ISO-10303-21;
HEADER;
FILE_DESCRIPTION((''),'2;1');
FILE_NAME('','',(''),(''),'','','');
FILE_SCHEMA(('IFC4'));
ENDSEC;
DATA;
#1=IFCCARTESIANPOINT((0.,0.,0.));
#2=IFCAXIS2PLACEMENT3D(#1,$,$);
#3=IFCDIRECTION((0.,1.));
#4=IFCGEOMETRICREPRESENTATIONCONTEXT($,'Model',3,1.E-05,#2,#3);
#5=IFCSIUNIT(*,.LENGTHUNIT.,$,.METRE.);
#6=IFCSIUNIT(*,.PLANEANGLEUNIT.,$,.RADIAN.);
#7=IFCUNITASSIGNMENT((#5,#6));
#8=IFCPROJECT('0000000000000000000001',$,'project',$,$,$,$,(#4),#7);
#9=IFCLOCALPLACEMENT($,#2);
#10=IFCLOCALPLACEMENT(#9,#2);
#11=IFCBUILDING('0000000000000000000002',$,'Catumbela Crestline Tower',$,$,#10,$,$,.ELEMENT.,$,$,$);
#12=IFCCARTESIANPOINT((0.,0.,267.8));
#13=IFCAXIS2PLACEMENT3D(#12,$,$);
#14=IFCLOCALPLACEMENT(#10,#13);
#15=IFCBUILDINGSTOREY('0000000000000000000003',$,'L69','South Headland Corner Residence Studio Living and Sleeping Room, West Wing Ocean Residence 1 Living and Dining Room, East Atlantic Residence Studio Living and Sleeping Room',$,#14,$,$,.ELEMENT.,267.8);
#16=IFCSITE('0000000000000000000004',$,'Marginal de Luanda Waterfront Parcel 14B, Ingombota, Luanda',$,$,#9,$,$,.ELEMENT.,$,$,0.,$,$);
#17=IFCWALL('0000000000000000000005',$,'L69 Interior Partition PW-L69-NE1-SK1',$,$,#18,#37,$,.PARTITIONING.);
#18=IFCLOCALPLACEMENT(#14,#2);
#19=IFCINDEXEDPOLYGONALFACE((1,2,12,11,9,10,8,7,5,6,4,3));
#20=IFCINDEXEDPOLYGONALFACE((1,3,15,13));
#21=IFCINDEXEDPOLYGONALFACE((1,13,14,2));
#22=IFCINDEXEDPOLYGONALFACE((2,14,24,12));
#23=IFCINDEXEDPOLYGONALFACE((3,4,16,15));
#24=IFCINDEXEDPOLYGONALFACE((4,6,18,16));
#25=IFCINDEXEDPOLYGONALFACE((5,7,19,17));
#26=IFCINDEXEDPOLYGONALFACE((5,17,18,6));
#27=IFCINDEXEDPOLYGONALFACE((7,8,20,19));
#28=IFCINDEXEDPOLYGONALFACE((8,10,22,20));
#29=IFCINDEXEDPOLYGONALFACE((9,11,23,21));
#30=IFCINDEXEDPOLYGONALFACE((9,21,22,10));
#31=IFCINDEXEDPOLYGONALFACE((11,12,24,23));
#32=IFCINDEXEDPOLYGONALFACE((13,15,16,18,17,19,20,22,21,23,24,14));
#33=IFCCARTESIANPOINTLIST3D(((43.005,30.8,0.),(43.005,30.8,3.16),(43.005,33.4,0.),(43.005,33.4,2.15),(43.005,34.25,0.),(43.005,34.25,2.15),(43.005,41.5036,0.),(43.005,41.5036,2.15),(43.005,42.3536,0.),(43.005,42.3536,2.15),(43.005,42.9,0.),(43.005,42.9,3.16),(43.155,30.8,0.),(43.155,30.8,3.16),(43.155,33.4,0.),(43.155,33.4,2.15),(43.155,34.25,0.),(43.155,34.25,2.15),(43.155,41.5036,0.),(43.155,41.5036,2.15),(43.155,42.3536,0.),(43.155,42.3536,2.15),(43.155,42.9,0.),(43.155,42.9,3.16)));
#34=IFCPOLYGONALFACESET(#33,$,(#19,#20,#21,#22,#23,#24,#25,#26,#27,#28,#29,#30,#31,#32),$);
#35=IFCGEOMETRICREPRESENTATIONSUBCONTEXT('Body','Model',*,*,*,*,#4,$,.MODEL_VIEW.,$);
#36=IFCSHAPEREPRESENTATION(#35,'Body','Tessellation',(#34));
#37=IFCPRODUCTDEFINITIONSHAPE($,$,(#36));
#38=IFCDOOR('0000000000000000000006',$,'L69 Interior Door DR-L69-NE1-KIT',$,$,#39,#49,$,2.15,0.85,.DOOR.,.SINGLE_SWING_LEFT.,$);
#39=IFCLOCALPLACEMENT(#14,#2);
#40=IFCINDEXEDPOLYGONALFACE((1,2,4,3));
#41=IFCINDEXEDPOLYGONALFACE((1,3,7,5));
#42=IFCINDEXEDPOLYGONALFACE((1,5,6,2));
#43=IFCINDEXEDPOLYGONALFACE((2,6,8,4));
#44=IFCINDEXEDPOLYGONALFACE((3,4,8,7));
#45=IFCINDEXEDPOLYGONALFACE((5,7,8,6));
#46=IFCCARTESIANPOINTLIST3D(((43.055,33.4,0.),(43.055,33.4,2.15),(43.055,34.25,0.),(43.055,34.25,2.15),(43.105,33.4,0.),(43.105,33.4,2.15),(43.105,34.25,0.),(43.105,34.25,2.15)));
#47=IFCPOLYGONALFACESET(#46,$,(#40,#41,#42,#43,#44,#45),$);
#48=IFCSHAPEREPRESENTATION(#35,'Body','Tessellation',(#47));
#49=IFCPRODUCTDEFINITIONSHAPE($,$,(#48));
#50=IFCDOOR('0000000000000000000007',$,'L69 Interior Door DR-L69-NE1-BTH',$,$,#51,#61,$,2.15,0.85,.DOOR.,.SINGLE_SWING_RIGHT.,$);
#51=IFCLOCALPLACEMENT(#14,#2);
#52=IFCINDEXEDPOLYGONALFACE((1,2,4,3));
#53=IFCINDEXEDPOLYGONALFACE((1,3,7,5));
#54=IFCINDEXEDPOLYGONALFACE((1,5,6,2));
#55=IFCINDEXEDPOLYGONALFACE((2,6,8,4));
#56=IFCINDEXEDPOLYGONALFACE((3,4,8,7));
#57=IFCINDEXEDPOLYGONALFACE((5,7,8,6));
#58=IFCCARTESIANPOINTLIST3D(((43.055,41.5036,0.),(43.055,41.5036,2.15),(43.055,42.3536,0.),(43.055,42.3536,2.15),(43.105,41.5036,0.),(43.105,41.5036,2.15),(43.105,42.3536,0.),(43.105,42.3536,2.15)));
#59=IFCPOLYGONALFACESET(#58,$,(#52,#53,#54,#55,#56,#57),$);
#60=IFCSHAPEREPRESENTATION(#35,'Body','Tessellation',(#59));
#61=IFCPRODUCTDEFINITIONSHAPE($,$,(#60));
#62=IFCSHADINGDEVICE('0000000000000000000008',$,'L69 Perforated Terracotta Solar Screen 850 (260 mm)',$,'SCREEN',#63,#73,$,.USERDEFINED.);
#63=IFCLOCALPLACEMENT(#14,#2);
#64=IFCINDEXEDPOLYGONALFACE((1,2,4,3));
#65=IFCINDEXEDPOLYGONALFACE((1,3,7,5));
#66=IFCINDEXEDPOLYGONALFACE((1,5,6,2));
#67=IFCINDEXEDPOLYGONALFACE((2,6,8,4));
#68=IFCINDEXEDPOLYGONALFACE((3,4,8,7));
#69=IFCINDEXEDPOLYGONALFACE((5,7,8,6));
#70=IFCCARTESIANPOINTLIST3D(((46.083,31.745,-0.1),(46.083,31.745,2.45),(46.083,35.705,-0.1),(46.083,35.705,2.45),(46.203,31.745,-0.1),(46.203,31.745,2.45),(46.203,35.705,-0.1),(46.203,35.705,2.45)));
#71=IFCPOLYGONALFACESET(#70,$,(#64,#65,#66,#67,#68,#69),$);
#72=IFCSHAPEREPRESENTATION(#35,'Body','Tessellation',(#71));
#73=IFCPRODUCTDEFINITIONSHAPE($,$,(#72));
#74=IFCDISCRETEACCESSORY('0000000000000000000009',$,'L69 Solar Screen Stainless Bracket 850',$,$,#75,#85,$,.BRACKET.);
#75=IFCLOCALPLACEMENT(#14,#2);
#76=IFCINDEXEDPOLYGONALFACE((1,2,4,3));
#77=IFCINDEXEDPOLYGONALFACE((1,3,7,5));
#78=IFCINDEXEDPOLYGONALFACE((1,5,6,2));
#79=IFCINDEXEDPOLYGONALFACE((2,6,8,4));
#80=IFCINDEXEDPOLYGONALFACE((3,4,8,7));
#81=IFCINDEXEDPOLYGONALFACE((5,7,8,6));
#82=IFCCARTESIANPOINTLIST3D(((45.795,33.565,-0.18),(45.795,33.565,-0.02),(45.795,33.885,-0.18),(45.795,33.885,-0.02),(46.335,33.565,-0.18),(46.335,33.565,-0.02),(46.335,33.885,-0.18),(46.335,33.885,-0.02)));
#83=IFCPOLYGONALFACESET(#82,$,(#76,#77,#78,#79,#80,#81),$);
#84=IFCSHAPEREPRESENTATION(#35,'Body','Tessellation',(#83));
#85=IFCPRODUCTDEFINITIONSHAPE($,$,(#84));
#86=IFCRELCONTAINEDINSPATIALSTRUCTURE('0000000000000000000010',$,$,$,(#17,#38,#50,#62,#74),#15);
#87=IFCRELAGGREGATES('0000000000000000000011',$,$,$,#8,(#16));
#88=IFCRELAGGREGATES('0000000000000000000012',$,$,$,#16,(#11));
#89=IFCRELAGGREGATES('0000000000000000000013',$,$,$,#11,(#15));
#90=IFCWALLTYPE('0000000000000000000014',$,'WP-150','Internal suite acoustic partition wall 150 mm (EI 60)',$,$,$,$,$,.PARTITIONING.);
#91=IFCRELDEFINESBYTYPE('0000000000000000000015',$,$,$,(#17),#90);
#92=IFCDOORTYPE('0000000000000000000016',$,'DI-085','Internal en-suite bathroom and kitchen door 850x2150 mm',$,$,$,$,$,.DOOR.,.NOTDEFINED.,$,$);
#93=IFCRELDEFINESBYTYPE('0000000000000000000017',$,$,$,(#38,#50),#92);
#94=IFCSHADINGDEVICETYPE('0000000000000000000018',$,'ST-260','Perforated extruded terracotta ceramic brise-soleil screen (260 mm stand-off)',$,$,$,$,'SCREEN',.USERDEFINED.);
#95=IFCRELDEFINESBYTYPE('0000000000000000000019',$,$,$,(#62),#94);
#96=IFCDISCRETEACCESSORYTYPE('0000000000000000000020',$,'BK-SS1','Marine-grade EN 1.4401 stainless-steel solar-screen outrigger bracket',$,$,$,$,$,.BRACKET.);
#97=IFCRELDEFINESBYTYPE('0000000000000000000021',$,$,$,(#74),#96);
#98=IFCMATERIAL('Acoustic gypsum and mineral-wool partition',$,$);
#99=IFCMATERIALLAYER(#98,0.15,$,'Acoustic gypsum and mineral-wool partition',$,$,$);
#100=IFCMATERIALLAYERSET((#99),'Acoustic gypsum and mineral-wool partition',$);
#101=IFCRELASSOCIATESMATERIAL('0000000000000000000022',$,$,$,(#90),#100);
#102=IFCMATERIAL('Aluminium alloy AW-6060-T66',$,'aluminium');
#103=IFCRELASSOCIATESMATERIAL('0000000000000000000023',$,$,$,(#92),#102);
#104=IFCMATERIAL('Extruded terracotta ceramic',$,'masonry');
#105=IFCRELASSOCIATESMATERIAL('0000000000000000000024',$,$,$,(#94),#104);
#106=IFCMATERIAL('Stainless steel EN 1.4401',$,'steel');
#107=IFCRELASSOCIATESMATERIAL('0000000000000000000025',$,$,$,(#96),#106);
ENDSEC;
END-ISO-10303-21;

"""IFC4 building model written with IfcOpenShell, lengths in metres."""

from ifc_helpers import new_model, si_unit, direction, frame, frame_2d, origin, origin_2d, place, context, subcontext, project, spatial, rectangle, extrude, material, layer, layer_set, type_object, element, fill, save


model = new_model("IFC4")

# Units and contexts
model_context = context("Model", 3, precision=1e-05, world=origin(), true_north=direction((0.0, 1.0)))
body_context = subcontext(model_context, "Body", "Model", "MODEL_VIEW")
ifc_project = project(units=[si_unit("LENGTHUNIT", "METRE"), si_unit("PLANEANGLEUNIT", "RADIAN")], contexts=[model_context])

# Site, building, storey
site_placement = place(None, origin())
site = spatial("IfcSite", under=ifc_project, at=site_placement, Name="Marginal de Luanda Waterfront Parcel 14B, Ingombota, Luanda", CompositionType="ELEMENT", RefElevation=0.0)
building_placement = place(site_placement, origin())
building = spatial("IfcBuilding", under=site, at=building_placement, Name="Catumbela Crestline Tower", CompositionType="ELEMENT")
storey_placement = place(building_placement, frame((0.0, 0.0, 267.8)))
storey = spatial("IfcBuildingStorey", under=building, at=storey_placement, Name="L69", Description="South Headland Corner Residence Studio Living and Sleeping Room, West Wing Ocean Residence 1 Living and Dining Room, East Atlantic Residence Studio Living and Sleeping Room", CompositionType="ELEMENT", Elevation=267.8)

# Shared definitions
ifc_material_1 = material(Name="Aluminium alloy AW-6060-T66", Category="aluminium")

# Shared definitions
ifc_material_2 = material(Name="Acoustic gypsum and mineral-wool partition")

# Shared definitions
ifc_layer_1 = layer(ifc_material_2, 0.15, Name="Acoustic gypsum and mineral-wool partition")
ifc_layer_set_1 = layer_set([ifc_layer_1], Name="Acoustic gypsum and mineral-wool partition")
wall_type_1 = type_object("IfcWallType", Name="WP-150", Description="Internal suite acoustic partition wall 150 mm (EI 60)", PredefinedType="PARTITIONING", material=ifc_layer_set_1)

# Wall, openings, doors
wall_1_placement = place(storey_placement, frame((43.08, 30.8, 0.0), z_axis=(0.0, 0.0, 1.0), x_axis=(0.0, 1.0, 0.0)))
wall_1 = element("IfcWall", 1, at=wall_1_placement, inside=storey, type_object=wall_type_1, Name="L69 Interior Partition PW-L69-NE1-SK1", PredefinedType="PARTITIONING", context=body_context, shape_type="SweptSolid", body=[
    extrude(rectangle(XDim=12.1, YDim=0.15, at=frame_2d((6.05, 0.0))), origin(), (0.0, 0.0, 1.0), 3.16),
])
opening_1_placement = place(wall_1_placement, frame((2.6, 0.0, 0.0)))
opening_1 = element("IfcOpeningElement", 2, at=opening_1_placement, cuts=wall_1, PredefinedType="OPENING", context=body_context, shape_type="SweptSolid", body=[
    extrude(rectangle(XDim=0.85, YDim=2.15, at=frame_2d((0.425, 1.075))), frame((0.0, 0.085, 0.0), z_axis=(0.0, -1.0, 0.0), x_axis=(1.0, 0.0, 0.0)), (0.0, 0.0, 1.0), 0.17),
])
opening_2_placement = place(wall_1_placement, frame((10.7036, 0.0, 0.0)))
opening_2 = element("IfcOpeningElement", 3, at=opening_2_placement, cuts=wall_1, PredefinedType="OPENING", context=body_context, shape_type="SweptSolid", body=[
    extrude(rectangle(XDim=0.85, YDim=2.15, at=frame_2d((0.425, 1.075))), frame((0.0, 0.085, 0.0), z_axis=(0.0, -1.0, 0.0), x_axis=(1.0, 0.0, 0.0)), (0.0, 0.0, 1.0), 0.17),
])
door_type_1 = type_object("IfcDoorType", Name="DI-085", Description="Internal en-suite bathroom and kitchen door 850x2150 mm", OperationType="NOTDEFINED", PredefinedType="DOOR", material=ifc_material_1)
door_1_placement = place(opening_1_placement, origin())
door_1 = element("IfcDoor", 4, at=door_1_placement, inside=storey, type_object=door_type_1, Name="L69 Interior Door DR-L69-NE1-KIT", OperationType="SINGLE_SWING_LEFT", OverallHeight=2.15, OverallWidth=0.85, PredefinedType="DOOR", context=body_context, shape_type="SweptSolid", body=[
    extrude(rectangle(XDim=0.85, YDim=2.15, at=frame_2d((0.425, 1.075))), frame((0.0, 0.025, 0.0), z_axis=(0.0, -1.0, 0.0), x_axis=(1.0, 0.0, 0.0)), (0.0, 0.0, 1.0), 0.05),
])
fill(opening_1, door_1)
door_2_placement = place(opening_2_placement, origin())
door_2 = element("IfcDoor", 5, at=door_2_placement, inside=storey, type_object=door_type_1, Name="L69 Interior Door DR-L69-NE1-BTH", OperationType="SINGLE_SWING_RIGHT", OverallHeight=2.15, OverallWidth=0.85, PredefinedType="DOOR", context=body_context, shape_type="SweptSolid", body=[
    extrude(rectangle(XDim=0.85, YDim=2.15, at=frame_2d((0.425, 1.075))), frame((0.0, 0.025, 0.0), z_axis=(0.0, -1.0, 0.0), x_axis=(1.0, 0.0, 0.0)), (0.0, 0.0, 1.0), 0.05),
])
fill(opening_2, door_2)

# Shading device
ifc_material_3 = material(Name="Extruded terracotta ceramic", Category="masonry")
shading_device_type = type_object("IfcShadingDeviceType", Name="ST-260", Description="Perforated extruded terracotta ceramic brise-soleil screen (260 mm stand-off)", ElementType="SCREEN", PredefinedType="USERDEFINED", material=ifc_material_3)
shading_device_placement = place(storey_placement, frame((46.143, 33.725, -0.1), z_axis=(0.0, 0.0, 1.0), x_axis=(0.0, 1.0, 0.0)))
element("IfcShadingDevice", 6, at=shading_device_placement, inside=storey, type_object=shading_device_type, Name="L69 Perforated Terracotta Solar Screen 850 (260 mm)", ObjectType="SCREEN", PredefinedType="USERDEFINED", context=body_context, shape_type="SweptSolid", body=[
    extrude(rectangle(XDim=3.96, YDim=0.12, at=origin_2d()), origin(), (0.0, 0.0, 1.0), 2.55),
])

# Discrete accessory
ifc_material_4 = material(Name="Stainless steel EN 1.4401", Category="steel")
discrete_accessory_type = type_object("IfcDiscreteAccessoryType", Name="BK-SS1", Description="Marine-grade EN 1.4401 stainless-steel solar-screen outrigger bracket", PredefinedType="BRACKET", material=ifc_material_4)
discrete_accessory_placement = place(storey_placement, frame((46.065, 33.725, -0.18), z_axis=(0.0, 0.0, 1.0), x_axis=(0.0, 1.0, 0.0)))
element("IfcDiscreteAccessory", 7, at=discrete_accessory_placement, inside=storey, type_object=discrete_accessory_type, Name="L69 Solar Screen Stainless Bracket 850", PredefinedType="BRACKET", context=body_context, shape_type="SweptSolid", body=[
    extrude(rectangle(XDim=0.32, YDim=0.54, at=origin_2d()), origin(), (0.0, 0.0, 1.0), 0.16),
])

save(model, "model.ifc")
